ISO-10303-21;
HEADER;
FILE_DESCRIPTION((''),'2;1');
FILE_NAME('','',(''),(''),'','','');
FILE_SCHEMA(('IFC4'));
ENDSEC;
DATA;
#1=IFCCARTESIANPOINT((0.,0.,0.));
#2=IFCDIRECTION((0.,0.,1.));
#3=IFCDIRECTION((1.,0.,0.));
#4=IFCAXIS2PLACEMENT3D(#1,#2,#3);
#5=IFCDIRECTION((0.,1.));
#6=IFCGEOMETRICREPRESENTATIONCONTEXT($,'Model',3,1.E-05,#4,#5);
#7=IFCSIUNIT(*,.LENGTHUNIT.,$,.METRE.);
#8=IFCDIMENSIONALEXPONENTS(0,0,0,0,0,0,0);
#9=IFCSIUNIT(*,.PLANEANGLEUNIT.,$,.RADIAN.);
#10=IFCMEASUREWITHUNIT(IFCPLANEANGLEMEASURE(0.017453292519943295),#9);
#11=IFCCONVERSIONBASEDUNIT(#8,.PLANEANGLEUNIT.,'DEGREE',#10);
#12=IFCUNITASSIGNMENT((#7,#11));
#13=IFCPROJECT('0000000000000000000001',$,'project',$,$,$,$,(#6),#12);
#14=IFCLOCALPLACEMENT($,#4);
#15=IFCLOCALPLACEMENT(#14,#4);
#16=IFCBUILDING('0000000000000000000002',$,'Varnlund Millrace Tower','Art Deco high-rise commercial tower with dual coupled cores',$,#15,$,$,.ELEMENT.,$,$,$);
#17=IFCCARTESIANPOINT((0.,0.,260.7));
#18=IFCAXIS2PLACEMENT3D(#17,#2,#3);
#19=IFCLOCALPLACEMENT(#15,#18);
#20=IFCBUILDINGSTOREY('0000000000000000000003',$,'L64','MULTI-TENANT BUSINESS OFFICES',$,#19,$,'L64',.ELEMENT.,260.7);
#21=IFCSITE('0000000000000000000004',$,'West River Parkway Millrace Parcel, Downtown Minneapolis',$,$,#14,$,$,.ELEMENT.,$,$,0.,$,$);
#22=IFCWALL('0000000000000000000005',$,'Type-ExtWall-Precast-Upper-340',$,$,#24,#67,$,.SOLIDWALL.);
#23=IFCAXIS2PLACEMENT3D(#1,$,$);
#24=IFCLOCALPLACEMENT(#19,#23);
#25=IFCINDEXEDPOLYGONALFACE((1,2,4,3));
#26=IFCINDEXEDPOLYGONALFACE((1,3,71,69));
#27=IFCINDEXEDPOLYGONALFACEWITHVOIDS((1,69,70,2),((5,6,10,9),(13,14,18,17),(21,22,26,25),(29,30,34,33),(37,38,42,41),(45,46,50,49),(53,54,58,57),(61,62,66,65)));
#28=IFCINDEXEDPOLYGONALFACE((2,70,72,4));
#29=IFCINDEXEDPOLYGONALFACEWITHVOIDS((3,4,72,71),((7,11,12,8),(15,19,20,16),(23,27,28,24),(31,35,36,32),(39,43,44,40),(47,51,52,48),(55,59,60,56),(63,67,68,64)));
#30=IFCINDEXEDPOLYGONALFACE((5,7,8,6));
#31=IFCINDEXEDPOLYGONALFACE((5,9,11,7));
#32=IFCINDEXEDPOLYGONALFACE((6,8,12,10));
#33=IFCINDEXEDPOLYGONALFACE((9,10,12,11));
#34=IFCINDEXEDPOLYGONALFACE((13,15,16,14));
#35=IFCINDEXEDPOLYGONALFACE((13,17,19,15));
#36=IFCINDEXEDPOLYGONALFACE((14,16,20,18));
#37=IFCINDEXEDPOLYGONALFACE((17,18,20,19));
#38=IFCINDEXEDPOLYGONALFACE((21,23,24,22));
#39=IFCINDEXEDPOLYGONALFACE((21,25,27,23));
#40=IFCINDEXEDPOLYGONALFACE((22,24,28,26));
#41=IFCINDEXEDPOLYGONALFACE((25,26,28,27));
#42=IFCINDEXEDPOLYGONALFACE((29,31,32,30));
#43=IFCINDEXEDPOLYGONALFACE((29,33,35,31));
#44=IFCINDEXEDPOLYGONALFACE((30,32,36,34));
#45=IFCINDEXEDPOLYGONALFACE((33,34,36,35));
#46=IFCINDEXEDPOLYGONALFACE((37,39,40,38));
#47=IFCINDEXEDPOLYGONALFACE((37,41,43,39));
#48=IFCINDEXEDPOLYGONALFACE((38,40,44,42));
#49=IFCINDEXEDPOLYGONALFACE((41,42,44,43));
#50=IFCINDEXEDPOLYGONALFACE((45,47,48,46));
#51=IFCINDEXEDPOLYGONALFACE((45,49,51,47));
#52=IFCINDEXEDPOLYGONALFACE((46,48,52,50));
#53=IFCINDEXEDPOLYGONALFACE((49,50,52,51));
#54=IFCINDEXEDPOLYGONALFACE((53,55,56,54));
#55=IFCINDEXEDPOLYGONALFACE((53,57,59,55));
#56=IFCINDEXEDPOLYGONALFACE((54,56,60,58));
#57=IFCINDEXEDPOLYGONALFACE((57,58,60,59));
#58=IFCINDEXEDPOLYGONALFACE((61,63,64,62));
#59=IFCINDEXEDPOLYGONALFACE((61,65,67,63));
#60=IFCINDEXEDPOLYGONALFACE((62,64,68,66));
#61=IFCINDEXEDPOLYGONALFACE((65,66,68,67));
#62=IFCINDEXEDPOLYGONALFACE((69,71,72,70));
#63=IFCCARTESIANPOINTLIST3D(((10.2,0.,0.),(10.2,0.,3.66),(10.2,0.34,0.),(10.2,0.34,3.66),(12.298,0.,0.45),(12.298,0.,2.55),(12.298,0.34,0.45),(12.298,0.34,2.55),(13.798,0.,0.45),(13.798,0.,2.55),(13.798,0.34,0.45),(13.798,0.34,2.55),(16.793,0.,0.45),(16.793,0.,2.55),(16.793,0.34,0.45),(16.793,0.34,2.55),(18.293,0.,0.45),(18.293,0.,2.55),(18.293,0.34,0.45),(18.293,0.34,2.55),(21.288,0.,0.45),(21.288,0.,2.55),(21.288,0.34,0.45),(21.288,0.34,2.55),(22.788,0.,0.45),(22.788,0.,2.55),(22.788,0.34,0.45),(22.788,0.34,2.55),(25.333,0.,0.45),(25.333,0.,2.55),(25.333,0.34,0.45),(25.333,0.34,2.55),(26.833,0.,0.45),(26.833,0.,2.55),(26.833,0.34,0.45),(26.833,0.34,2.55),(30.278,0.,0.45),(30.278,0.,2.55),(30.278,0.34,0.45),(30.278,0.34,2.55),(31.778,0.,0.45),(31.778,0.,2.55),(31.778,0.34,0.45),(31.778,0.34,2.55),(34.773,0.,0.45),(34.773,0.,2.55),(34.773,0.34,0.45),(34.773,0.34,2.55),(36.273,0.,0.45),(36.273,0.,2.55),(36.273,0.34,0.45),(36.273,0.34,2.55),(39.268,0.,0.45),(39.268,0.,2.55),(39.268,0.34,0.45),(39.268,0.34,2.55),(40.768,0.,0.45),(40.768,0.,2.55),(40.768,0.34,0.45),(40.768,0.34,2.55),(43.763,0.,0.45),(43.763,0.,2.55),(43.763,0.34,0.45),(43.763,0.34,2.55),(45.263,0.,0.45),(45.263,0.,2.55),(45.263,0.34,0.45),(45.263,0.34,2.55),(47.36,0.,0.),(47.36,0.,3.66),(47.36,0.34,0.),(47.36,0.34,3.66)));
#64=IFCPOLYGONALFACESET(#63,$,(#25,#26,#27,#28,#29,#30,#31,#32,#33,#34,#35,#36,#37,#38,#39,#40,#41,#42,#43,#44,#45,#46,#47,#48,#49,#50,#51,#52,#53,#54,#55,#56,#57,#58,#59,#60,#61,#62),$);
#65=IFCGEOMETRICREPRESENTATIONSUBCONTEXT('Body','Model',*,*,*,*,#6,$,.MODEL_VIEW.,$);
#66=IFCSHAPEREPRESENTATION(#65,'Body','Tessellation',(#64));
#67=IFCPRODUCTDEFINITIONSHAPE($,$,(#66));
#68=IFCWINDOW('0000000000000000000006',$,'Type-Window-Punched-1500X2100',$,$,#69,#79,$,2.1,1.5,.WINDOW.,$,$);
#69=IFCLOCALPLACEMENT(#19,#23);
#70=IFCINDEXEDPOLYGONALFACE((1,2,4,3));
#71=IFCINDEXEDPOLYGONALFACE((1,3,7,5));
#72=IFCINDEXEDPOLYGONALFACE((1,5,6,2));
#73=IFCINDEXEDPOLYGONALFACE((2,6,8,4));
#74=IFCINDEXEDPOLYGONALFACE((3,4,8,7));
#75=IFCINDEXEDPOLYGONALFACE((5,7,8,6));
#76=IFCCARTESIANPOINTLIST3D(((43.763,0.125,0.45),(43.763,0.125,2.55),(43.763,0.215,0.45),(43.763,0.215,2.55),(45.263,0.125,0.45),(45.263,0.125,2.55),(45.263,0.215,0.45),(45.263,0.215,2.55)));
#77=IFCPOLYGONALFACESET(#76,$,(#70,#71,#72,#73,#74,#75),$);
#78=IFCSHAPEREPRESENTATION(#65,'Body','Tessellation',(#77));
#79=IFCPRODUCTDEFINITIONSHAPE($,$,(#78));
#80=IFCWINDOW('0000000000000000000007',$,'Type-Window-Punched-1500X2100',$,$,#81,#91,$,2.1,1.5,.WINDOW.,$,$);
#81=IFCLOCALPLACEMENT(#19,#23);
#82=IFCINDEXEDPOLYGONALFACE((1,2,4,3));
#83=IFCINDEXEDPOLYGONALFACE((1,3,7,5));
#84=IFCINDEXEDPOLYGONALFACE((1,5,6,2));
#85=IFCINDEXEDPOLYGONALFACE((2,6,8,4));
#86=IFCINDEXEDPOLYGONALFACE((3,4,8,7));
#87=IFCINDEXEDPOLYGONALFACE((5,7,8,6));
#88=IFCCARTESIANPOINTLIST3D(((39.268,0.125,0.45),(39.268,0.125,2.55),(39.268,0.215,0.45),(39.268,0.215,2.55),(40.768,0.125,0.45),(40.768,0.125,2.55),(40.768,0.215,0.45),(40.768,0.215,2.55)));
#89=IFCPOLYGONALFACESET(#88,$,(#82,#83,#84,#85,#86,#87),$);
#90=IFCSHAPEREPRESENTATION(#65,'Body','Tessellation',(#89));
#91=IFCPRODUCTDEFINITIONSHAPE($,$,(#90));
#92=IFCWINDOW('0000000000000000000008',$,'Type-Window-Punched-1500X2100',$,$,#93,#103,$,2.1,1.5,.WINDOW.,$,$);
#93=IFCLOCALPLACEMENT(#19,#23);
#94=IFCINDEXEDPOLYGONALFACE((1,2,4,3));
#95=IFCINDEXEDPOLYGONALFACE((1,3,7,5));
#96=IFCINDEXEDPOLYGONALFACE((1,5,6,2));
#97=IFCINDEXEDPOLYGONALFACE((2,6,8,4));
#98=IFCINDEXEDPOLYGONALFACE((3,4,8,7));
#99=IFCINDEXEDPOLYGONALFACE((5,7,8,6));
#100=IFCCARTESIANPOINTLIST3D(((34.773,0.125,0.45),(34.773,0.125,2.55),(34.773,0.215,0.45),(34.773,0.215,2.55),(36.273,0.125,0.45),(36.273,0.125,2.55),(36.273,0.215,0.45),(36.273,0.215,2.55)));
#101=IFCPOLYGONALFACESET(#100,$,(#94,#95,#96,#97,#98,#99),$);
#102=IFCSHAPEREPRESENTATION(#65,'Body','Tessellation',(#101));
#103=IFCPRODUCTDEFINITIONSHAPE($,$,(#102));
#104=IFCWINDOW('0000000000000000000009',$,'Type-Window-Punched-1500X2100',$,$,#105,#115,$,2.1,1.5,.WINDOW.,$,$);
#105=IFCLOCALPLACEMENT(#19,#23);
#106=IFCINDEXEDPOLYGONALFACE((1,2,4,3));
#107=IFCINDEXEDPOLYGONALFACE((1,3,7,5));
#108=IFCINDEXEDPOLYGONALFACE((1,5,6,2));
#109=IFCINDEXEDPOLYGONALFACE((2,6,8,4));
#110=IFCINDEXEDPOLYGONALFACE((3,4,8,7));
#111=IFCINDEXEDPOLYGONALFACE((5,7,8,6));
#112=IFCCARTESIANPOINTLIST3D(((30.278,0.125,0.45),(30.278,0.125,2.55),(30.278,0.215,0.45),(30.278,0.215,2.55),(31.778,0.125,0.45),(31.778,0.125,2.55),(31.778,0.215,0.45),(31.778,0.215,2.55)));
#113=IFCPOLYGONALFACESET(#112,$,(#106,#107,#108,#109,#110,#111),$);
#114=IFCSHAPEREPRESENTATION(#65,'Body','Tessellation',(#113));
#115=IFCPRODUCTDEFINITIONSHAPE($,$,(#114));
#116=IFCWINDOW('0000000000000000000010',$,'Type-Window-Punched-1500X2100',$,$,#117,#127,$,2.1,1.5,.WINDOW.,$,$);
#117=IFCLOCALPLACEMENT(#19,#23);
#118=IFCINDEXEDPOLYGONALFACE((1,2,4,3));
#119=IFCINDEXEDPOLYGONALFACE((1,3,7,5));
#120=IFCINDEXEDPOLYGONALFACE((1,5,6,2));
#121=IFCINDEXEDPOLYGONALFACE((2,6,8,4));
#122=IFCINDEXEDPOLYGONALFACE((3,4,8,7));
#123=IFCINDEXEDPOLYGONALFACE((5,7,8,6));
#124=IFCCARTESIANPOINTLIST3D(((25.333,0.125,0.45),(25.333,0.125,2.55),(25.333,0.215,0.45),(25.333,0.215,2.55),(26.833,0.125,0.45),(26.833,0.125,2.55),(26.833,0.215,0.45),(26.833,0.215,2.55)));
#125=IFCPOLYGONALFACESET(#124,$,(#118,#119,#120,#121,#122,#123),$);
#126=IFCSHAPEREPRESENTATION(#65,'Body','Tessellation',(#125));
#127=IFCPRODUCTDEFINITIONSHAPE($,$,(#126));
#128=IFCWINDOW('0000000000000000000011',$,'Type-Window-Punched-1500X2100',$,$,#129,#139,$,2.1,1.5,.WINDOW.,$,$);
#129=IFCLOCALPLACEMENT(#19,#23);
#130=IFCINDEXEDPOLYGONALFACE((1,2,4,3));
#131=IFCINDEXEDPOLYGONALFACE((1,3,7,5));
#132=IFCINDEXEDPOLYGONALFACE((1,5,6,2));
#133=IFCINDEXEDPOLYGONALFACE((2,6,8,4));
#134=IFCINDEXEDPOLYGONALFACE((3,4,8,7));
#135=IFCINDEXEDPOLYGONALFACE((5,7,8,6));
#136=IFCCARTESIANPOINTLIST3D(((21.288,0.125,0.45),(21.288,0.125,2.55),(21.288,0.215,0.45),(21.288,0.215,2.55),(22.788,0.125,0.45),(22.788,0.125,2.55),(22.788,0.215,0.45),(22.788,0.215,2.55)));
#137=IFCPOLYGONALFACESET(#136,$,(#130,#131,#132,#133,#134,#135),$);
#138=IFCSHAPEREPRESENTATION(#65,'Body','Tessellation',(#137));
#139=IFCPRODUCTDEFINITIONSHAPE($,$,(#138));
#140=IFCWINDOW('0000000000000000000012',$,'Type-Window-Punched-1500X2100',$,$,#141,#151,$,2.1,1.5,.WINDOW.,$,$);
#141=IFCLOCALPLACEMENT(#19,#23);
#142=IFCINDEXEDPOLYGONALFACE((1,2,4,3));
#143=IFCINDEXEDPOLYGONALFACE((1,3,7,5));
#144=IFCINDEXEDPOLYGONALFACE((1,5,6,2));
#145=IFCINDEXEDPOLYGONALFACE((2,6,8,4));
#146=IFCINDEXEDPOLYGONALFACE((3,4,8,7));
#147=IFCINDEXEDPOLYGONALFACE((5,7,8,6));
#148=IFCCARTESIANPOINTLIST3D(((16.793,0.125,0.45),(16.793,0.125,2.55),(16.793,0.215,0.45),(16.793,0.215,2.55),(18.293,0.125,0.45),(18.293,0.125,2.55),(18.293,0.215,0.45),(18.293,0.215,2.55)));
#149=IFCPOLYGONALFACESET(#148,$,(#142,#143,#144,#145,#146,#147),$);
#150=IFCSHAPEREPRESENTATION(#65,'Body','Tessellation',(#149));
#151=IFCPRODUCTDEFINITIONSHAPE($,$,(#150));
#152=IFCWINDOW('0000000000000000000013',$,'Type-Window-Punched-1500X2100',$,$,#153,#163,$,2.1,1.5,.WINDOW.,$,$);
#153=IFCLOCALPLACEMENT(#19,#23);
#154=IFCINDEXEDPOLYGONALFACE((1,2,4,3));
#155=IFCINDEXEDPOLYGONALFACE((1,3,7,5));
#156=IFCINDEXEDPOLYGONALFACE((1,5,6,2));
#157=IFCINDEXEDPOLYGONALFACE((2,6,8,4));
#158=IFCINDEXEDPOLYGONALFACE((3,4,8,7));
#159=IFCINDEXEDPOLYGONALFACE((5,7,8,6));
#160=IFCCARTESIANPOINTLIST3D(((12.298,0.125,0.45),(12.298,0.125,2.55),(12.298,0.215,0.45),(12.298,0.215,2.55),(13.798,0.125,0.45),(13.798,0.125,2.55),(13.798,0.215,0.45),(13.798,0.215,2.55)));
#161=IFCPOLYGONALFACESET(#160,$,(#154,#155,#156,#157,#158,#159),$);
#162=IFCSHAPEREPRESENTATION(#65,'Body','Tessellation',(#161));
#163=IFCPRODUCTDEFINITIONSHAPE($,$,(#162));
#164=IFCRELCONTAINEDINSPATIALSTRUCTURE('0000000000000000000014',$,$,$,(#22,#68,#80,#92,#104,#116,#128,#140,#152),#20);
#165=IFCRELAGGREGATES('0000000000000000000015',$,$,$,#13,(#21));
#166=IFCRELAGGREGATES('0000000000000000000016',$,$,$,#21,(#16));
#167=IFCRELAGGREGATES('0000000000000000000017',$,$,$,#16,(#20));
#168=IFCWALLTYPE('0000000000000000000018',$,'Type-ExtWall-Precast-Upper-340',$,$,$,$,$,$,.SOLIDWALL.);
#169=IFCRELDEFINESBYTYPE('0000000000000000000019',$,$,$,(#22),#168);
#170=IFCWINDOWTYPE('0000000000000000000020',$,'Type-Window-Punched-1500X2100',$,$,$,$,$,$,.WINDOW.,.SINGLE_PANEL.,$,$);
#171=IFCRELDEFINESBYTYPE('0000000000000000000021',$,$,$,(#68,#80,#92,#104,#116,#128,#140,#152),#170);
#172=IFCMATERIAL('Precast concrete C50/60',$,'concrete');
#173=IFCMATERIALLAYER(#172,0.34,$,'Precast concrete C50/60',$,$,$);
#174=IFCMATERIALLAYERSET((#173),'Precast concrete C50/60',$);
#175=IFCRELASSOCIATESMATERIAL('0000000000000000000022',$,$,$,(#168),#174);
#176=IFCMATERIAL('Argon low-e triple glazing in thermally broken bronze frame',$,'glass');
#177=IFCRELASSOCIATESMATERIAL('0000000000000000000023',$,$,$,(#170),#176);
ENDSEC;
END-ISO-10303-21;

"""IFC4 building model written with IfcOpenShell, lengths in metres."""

from ifc_helpers import new_model, entity, si_unit, converted_unit, direction, frame, origin_with_axes, origin_2d_with_axis, place, context, subcontext, project, spatial, polyline, rectangle, outline, extrude, material, layer, layer_set, type_object, element, fill, save


model = new_model("IFC4")

# Units and contexts
model_context = context("Model", 3, precision=1e-05, world=origin_with_axes(), true_north=direction((0.0, 1.0)))
body_context = subcontext(model_context, "Body", "Model", "MODEL_VIEW")
ifc_project = project(units=[si_unit("LENGTHUNIT", "METRE"), converted_unit("PLANEANGLEUNIT", "DEGREE", entity("IfcPlaneAngleMeasure", 0.017453292519943295), si_unit("PLANEANGLEUNIT", "RADIAN"), dimensions=[0, 0, 0, 0, 0, 0, 0])], contexts=[model_context])

# Site, building, storey
site_placement = place(None, origin_with_axes())
site = spatial("IfcSite", under=ifc_project, at=site_placement, Name="West River Parkway Millrace Parcel, Downtown Minneapolis", CompositionType="ELEMENT", RefElevation=0.0)
building_placement = place(site_placement, origin_with_axes())
building = spatial("IfcBuilding", under=site, at=building_placement, Name="Varnlund Millrace Tower", Description="Art Deco high-rise commercial tower with dual coupled cores", CompositionType="ELEMENT")
storey_placement = place(building_placement, frame((0.0, 0.0, 260.7), z_axis=(0.0, 0.0, 1.0), x_axis=(1.0, 0.0, 0.0)))
storey = spatial("IfcBuildingStorey", under=building, at=storey_placement, Name="L64", Description="MULTI-TENANT BUSINESS OFFICES", LongName="L64", CompositionType="ELEMENT", Elevation=260.7)

# Shared definitions
ifc_material_1 = material(Name="Precast concrete C50/60", Category="concrete")
ifc_layer_1 = layer(ifc_material_1, 0.34, Name="Precast concrete C50/60")
ifc_layer_set_1 = layer_set([ifc_layer_1], Name="Precast concrete C50/60")
wall_type_1 = type_object("IfcWallType", Name="Type-ExtWall-Precast-Upper-340", PredefinedType="SOLIDWALL", material=ifc_layer_set_1)

# Wall, openings, windows
wall_1_placement = place(storey_placement, frame((47.36, 0.17, 0.0), z_axis=(0.0, 0.0, 1.0), x_axis=(-1.0, 0.0, 0.0)))
wall_1 = element("IfcWall", 1, at=wall_1_placement, inside=storey, type_object=wall_type_1, Name="Type-ExtWall-Precast-Upper-340", PredefinedType="SOLIDWALL", context=body_context, shape_type="SweptSolid", body=[
    extrude(outline(polyline([(0.0, -0.17), (37.16, -0.17), (37.16, 0.17), (0.0, 0.17), (0.0, -0.17)])), origin_with_axes(), (0.0, 0.0, 1.0), 3.66),
])
opening_1_placement = place(wall_1_placement, frame((2.847, 0.0, 0.45), z_axis=(0.0, 0.0, 1.0), x_axis=(1.0, 0.0, 0.0)))
opening_1 = element("IfcOpeningElement", 2, at=opening_1_placement, cuts=wall_1, PredefinedType="OPENING", context=body_context, shape_type="SweptSolid", body=[
    extrude(rectangle(XDim=1.5, YDim=0.36, at=origin_2d_with_axis()), origin_with_axes(), (0.0, 0.0, 1.0), 2.1),
])
opening_2_placement = place(wall_1_placement, frame((7.342, 0.0, 0.45), z_axis=(0.0, 0.0, 1.0), x_axis=(1.0, 0.0, 0.0)))
opening_2 = element("IfcOpeningElement", 3, at=opening_2_placement, cuts=wall_1, PredefinedType="OPENING", context=body_context, shape_type="SweptSolid", body=[
    extrude(rectangle(XDim=1.5, YDim=0.36, at=origin_2d_with_axis()), origin_with_axes(), (0.0, 0.0, 1.0), 2.1),
])
opening_3_placement = place(wall_1_placement, frame((11.837, 0.0, 0.45), z_axis=(0.0, 0.0, 1.0), x_axis=(1.0, 0.0, 0.0)))
opening_3 = element("IfcOpeningElement", 4, at=opening_3_placement, cuts=wall_1, PredefinedType="OPENING", context=body_context, shape_type="SweptSolid", body=[
    extrude(rectangle(XDim=1.5, YDim=0.36, at=origin_2d_with_axis()), origin_with_axes(), (0.0, 0.0, 1.0), 2.1),
])
opening_4_placement = place(wall_1_placement, frame((16.332, 0.0, 0.45), z_axis=(0.0, 0.0, 1.0), x_axis=(1.0, 0.0, 0.0)))
opening_4 = element("IfcOpeningElement", 5, at=opening_4_placement, cuts=wall_1, PredefinedType="OPENING", context=body_context, shape_type="SweptSolid", body=[
    extrude(rectangle(XDim=1.5, YDim=0.36, at=origin_2d_with_axis()), origin_with_axes(), (0.0, 0.0, 1.0), 2.1),
])
opening_5_placement = place(wall_1_placement, frame((21.277, 0.0, 0.45), z_axis=(0.0, 0.0, 1.0), x_axis=(1.0, 0.0, 0.0)))
opening_5 = element("IfcOpeningElement", 6, at=opening_5_placement, cuts=wall_1, PredefinedType="OPENING", context=body_context, shape_type="SweptSolid", body=[
    extrude(rectangle(XDim=1.5, YDim=0.36, at=origin_2d_with_axis()), origin_with_axes(), (0.0, 0.0, 1.0), 2.1),
])
opening_6_placement = place(wall_1_placement, frame((25.322, 0.0, 0.45), z_axis=(0.0, 0.0, 1.0), x_axis=(1.0, 0.0, 0.0)))
opening_6 = element("IfcOpeningElement", 7, at=opening_6_placement, cuts=wall_1, PredefinedType="OPENING", context=body_context, shape_type="SweptSolid", body=[
    extrude(rectangle(XDim=1.5, YDim=0.36, at=origin_2d_with_axis()), origin_with_axes(), (0.0, 0.0, 1.0), 2.1),
])
opening_7_placement = place(wall_1_placement, frame((29.817, 0.0, 0.45), z_axis=(0.0, 0.0, 1.0), x_axis=(1.0, 0.0, 0.0)))
opening_7 = element("IfcOpeningElement", 8, at=opening_7_placement, cuts=wall_1, PredefinedType="OPENING", context=body_context, shape_type="SweptSolid", body=[
    extrude(rectangle(XDim=1.5, YDim=0.36, at=origin_2d_with_axis()), origin_with_axes(), (0.0, 0.0, 1.0), 2.1),
])
opening_8_placement = place(wall_1_placement, frame((34.312, 0.0, 0.45), z_axis=(0.0, 0.0, 1.0), x_axis=(1.0, 0.0, 0.0)))
opening_8 = element("IfcOpeningElement", 9, at=opening_8_placement, cuts=wall_1, PredefinedType="OPENING", context=body_context, shape_type="SweptSolid", body=[
    extrude(rectangle(XDim=1.5, YDim=0.36, at=origin_2d_with_axis()), origin_with_axes(), (0.0, 0.0, 1.0), 2.1),
])
ifc_material_2 = material(Name="Argon low-e triple glazing in thermally broken bronze frame", Category="glass")
window_type = type_object("IfcWindowType", Name="Type-Window-Punched-1500X2100", PartitioningType="SINGLE_PANEL", PredefinedType="WINDOW", material=ifc_material_2)
window_1_placement = place(wall_1_placement, frame((2.847, 0.0, 0.45), z_axis=(0.0, 0.0, 1.0), x_axis=(1.0, 0.0, 0.0)))
window_1 = element("IfcWindow", 10, at=window_1_placement, inside=storey, type_object=window_type, Name="Type-Window-Punched-1500X2100", OverallHeight=2.1, OverallWidth=1.5, PredefinedType="WINDOW", context=body_context, shape_type="SweptSolid", body=[
    extrude(rectangle(XDim=1.5, YDim=0.09, at=origin_2d_with_axis()), origin_with_axes(), (0.0, 0.0, 1.0), 2.1),
])
fill(opening_1, window_1)
window_2_placement = place(wall_1_placement, frame((7.342, 0.0, 0.45), z_axis=(0.0, 0.0, 1.0), x_axis=(1.0, 0.0, 0.0)))
window_2 = element("IfcWindow", 11, at=window_2_placement, inside=storey, type_object=window_type, Name="Type-Window-Punched-1500X2100", OverallHeight=2.1, OverallWidth=1.5, PredefinedType="WINDOW", context=body_context, shape_type="SweptSolid", body=[
    extrude(rectangle(XDim=1.5, YDim=0.09, at=origin_2d_with_axis()), origin_with_axes(), (0.0, 0.0, 1.0), 2.1),
])
fill(opening_2, window_2)
window_3_placement = place(wall_1_placement, frame((11.837, 0.0, 0.45), z_axis=(0.0, 0.0, 1.0), x_axis=(1.0, 0.0, 0.0)))
window_3 = element("IfcWindow", 12, at=window_3_placement, inside=storey, type_object=window_type, Name="Type-Window-Punched-1500X2100", OverallHeight=2.1, OverallWidth=1.5, PredefinedType="WINDOW", context=body_context, shape_type="SweptSolid", body=[
    extrude(rectangle(XDim=1.5, YDim=0.09, at=origin_2d_with_axis()), origin_with_axes(), (0.0, 0.0, 1.0), 2.1),
])
fill(opening_3, window_3)
window_4_placement = place(wall_1_placement, frame((16.332, 0.0, 0.45), z_axis=(0.0, 0.0, 1.0), x_axis=(1.0, 0.0, 0.0)))
window_4 = element("IfcWindow", 13, at=window_4_placement, inside=storey, type_object=window_type, Name="Type-Window-Punched-1500X2100", OverallHeight=2.1, OverallWidth=1.5, PredefinedType="WINDOW", context=body_context, shape_type="SweptSolid", body=[
    extrude(rectangle(XDim=1.5, YDim=0.09, at=origin_2d_with_axis()), origin_with_axes(), (0.0, 0.0, 1.0), 2.1),
])
fill(opening_4, window_4)
window_5_placement = place(wall_1_placement, frame((21.277, 0.0, 0.45), z_axis=(0.0, 0.0, 1.0), x_axis=(1.0, 0.0, 0.0)))
window_5 = element("IfcWindow", 14, at=window_5_placement, inside=storey, type_object=window_type, Name="Type-Window-Punched-1500X2100", OverallHeight=2.1, OverallWidth=1.5, PredefinedType="WINDOW", context=body_context, shape_type="SweptSolid", body=[
    extrude(rectangle(XDim=1.5, YDim=0.09, at=origin_2d_with_axis()), origin_with_axes(), (0.0, 0.0, 1.0), 2.1),
])
fill(opening_5, window_5)
window_6_placement = place(wall_1_placement, frame((25.322, 0.0, 0.45), z_axis=(0.0, 0.0, 1.0), x_axis=(1.0, 0.0, 0.0)))
window_6 = element("IfcWindow", 15, at=window_6_placement, inside=storey, type_object=window_type, Name="Type-Window-Punched-1500X2100", OverallHeight=2.1, OverallWidth=1.5, PredefinedType="WINDOW", context=body_context, shape_type="SweptSolid", body=[
    extrude(rectangle(XDim=1.5, YDim=0.09, at=origin_2d_with_axis()), origin_with_axes(), (0.0, 0.0, 1.0), 2.1),
])
fill(opening_6, window_6)
window_7_placement = place(wall_1_placement, frame((29.817, 0.0, 0.45), z_axis=(0.0, 0.0, 1.0), x_axis=(1.0, 0.0, 0.0)))
window_7 = element("IfcWindow", 16, at=window_7_placement, inside=storey, type_object=window_type, Name="Type-Window-Punched-1500X2100", OverallHeight=2.1, OverallWidth=1.5, PredefinedType="WINDOW", context=body_context, shape_type="SweptSolid", body=[
    extrude(rectangle(XDim=1.5, YDim=0.09, at=origin_2d_with_axis()), origin_with_axes(), (0.0, 0.0, 1.0), 2.1),
])
fill(opening_7, window_7)
window_8_placement = place(wall_1_placement, frame((34.312, 0.0, 0.45), z_axis=(0.0, 0.0, 1.0), x_axis=(1.0, 0.0, 0.0)))
window_8 = element("IfcWindow", 17, at=window_8_placement, inside=storey, type_object=window_type, Name="Type-Window-Punched-1500X2100", OverallHeight=2.1, OverallWidth=1.5, PredefinedType="WINDOW", context=body_context, shape_type="SweptSolid", body=[
    extrude(rectangle(XDim=1.5, YDim=0.09, at=origin_2d_with_axis()), origin_with_axes(), (0.0, 0.0, 1.0), 2.1),
])
fill(opening_8, window_8)

save(model, "model.ifc")
